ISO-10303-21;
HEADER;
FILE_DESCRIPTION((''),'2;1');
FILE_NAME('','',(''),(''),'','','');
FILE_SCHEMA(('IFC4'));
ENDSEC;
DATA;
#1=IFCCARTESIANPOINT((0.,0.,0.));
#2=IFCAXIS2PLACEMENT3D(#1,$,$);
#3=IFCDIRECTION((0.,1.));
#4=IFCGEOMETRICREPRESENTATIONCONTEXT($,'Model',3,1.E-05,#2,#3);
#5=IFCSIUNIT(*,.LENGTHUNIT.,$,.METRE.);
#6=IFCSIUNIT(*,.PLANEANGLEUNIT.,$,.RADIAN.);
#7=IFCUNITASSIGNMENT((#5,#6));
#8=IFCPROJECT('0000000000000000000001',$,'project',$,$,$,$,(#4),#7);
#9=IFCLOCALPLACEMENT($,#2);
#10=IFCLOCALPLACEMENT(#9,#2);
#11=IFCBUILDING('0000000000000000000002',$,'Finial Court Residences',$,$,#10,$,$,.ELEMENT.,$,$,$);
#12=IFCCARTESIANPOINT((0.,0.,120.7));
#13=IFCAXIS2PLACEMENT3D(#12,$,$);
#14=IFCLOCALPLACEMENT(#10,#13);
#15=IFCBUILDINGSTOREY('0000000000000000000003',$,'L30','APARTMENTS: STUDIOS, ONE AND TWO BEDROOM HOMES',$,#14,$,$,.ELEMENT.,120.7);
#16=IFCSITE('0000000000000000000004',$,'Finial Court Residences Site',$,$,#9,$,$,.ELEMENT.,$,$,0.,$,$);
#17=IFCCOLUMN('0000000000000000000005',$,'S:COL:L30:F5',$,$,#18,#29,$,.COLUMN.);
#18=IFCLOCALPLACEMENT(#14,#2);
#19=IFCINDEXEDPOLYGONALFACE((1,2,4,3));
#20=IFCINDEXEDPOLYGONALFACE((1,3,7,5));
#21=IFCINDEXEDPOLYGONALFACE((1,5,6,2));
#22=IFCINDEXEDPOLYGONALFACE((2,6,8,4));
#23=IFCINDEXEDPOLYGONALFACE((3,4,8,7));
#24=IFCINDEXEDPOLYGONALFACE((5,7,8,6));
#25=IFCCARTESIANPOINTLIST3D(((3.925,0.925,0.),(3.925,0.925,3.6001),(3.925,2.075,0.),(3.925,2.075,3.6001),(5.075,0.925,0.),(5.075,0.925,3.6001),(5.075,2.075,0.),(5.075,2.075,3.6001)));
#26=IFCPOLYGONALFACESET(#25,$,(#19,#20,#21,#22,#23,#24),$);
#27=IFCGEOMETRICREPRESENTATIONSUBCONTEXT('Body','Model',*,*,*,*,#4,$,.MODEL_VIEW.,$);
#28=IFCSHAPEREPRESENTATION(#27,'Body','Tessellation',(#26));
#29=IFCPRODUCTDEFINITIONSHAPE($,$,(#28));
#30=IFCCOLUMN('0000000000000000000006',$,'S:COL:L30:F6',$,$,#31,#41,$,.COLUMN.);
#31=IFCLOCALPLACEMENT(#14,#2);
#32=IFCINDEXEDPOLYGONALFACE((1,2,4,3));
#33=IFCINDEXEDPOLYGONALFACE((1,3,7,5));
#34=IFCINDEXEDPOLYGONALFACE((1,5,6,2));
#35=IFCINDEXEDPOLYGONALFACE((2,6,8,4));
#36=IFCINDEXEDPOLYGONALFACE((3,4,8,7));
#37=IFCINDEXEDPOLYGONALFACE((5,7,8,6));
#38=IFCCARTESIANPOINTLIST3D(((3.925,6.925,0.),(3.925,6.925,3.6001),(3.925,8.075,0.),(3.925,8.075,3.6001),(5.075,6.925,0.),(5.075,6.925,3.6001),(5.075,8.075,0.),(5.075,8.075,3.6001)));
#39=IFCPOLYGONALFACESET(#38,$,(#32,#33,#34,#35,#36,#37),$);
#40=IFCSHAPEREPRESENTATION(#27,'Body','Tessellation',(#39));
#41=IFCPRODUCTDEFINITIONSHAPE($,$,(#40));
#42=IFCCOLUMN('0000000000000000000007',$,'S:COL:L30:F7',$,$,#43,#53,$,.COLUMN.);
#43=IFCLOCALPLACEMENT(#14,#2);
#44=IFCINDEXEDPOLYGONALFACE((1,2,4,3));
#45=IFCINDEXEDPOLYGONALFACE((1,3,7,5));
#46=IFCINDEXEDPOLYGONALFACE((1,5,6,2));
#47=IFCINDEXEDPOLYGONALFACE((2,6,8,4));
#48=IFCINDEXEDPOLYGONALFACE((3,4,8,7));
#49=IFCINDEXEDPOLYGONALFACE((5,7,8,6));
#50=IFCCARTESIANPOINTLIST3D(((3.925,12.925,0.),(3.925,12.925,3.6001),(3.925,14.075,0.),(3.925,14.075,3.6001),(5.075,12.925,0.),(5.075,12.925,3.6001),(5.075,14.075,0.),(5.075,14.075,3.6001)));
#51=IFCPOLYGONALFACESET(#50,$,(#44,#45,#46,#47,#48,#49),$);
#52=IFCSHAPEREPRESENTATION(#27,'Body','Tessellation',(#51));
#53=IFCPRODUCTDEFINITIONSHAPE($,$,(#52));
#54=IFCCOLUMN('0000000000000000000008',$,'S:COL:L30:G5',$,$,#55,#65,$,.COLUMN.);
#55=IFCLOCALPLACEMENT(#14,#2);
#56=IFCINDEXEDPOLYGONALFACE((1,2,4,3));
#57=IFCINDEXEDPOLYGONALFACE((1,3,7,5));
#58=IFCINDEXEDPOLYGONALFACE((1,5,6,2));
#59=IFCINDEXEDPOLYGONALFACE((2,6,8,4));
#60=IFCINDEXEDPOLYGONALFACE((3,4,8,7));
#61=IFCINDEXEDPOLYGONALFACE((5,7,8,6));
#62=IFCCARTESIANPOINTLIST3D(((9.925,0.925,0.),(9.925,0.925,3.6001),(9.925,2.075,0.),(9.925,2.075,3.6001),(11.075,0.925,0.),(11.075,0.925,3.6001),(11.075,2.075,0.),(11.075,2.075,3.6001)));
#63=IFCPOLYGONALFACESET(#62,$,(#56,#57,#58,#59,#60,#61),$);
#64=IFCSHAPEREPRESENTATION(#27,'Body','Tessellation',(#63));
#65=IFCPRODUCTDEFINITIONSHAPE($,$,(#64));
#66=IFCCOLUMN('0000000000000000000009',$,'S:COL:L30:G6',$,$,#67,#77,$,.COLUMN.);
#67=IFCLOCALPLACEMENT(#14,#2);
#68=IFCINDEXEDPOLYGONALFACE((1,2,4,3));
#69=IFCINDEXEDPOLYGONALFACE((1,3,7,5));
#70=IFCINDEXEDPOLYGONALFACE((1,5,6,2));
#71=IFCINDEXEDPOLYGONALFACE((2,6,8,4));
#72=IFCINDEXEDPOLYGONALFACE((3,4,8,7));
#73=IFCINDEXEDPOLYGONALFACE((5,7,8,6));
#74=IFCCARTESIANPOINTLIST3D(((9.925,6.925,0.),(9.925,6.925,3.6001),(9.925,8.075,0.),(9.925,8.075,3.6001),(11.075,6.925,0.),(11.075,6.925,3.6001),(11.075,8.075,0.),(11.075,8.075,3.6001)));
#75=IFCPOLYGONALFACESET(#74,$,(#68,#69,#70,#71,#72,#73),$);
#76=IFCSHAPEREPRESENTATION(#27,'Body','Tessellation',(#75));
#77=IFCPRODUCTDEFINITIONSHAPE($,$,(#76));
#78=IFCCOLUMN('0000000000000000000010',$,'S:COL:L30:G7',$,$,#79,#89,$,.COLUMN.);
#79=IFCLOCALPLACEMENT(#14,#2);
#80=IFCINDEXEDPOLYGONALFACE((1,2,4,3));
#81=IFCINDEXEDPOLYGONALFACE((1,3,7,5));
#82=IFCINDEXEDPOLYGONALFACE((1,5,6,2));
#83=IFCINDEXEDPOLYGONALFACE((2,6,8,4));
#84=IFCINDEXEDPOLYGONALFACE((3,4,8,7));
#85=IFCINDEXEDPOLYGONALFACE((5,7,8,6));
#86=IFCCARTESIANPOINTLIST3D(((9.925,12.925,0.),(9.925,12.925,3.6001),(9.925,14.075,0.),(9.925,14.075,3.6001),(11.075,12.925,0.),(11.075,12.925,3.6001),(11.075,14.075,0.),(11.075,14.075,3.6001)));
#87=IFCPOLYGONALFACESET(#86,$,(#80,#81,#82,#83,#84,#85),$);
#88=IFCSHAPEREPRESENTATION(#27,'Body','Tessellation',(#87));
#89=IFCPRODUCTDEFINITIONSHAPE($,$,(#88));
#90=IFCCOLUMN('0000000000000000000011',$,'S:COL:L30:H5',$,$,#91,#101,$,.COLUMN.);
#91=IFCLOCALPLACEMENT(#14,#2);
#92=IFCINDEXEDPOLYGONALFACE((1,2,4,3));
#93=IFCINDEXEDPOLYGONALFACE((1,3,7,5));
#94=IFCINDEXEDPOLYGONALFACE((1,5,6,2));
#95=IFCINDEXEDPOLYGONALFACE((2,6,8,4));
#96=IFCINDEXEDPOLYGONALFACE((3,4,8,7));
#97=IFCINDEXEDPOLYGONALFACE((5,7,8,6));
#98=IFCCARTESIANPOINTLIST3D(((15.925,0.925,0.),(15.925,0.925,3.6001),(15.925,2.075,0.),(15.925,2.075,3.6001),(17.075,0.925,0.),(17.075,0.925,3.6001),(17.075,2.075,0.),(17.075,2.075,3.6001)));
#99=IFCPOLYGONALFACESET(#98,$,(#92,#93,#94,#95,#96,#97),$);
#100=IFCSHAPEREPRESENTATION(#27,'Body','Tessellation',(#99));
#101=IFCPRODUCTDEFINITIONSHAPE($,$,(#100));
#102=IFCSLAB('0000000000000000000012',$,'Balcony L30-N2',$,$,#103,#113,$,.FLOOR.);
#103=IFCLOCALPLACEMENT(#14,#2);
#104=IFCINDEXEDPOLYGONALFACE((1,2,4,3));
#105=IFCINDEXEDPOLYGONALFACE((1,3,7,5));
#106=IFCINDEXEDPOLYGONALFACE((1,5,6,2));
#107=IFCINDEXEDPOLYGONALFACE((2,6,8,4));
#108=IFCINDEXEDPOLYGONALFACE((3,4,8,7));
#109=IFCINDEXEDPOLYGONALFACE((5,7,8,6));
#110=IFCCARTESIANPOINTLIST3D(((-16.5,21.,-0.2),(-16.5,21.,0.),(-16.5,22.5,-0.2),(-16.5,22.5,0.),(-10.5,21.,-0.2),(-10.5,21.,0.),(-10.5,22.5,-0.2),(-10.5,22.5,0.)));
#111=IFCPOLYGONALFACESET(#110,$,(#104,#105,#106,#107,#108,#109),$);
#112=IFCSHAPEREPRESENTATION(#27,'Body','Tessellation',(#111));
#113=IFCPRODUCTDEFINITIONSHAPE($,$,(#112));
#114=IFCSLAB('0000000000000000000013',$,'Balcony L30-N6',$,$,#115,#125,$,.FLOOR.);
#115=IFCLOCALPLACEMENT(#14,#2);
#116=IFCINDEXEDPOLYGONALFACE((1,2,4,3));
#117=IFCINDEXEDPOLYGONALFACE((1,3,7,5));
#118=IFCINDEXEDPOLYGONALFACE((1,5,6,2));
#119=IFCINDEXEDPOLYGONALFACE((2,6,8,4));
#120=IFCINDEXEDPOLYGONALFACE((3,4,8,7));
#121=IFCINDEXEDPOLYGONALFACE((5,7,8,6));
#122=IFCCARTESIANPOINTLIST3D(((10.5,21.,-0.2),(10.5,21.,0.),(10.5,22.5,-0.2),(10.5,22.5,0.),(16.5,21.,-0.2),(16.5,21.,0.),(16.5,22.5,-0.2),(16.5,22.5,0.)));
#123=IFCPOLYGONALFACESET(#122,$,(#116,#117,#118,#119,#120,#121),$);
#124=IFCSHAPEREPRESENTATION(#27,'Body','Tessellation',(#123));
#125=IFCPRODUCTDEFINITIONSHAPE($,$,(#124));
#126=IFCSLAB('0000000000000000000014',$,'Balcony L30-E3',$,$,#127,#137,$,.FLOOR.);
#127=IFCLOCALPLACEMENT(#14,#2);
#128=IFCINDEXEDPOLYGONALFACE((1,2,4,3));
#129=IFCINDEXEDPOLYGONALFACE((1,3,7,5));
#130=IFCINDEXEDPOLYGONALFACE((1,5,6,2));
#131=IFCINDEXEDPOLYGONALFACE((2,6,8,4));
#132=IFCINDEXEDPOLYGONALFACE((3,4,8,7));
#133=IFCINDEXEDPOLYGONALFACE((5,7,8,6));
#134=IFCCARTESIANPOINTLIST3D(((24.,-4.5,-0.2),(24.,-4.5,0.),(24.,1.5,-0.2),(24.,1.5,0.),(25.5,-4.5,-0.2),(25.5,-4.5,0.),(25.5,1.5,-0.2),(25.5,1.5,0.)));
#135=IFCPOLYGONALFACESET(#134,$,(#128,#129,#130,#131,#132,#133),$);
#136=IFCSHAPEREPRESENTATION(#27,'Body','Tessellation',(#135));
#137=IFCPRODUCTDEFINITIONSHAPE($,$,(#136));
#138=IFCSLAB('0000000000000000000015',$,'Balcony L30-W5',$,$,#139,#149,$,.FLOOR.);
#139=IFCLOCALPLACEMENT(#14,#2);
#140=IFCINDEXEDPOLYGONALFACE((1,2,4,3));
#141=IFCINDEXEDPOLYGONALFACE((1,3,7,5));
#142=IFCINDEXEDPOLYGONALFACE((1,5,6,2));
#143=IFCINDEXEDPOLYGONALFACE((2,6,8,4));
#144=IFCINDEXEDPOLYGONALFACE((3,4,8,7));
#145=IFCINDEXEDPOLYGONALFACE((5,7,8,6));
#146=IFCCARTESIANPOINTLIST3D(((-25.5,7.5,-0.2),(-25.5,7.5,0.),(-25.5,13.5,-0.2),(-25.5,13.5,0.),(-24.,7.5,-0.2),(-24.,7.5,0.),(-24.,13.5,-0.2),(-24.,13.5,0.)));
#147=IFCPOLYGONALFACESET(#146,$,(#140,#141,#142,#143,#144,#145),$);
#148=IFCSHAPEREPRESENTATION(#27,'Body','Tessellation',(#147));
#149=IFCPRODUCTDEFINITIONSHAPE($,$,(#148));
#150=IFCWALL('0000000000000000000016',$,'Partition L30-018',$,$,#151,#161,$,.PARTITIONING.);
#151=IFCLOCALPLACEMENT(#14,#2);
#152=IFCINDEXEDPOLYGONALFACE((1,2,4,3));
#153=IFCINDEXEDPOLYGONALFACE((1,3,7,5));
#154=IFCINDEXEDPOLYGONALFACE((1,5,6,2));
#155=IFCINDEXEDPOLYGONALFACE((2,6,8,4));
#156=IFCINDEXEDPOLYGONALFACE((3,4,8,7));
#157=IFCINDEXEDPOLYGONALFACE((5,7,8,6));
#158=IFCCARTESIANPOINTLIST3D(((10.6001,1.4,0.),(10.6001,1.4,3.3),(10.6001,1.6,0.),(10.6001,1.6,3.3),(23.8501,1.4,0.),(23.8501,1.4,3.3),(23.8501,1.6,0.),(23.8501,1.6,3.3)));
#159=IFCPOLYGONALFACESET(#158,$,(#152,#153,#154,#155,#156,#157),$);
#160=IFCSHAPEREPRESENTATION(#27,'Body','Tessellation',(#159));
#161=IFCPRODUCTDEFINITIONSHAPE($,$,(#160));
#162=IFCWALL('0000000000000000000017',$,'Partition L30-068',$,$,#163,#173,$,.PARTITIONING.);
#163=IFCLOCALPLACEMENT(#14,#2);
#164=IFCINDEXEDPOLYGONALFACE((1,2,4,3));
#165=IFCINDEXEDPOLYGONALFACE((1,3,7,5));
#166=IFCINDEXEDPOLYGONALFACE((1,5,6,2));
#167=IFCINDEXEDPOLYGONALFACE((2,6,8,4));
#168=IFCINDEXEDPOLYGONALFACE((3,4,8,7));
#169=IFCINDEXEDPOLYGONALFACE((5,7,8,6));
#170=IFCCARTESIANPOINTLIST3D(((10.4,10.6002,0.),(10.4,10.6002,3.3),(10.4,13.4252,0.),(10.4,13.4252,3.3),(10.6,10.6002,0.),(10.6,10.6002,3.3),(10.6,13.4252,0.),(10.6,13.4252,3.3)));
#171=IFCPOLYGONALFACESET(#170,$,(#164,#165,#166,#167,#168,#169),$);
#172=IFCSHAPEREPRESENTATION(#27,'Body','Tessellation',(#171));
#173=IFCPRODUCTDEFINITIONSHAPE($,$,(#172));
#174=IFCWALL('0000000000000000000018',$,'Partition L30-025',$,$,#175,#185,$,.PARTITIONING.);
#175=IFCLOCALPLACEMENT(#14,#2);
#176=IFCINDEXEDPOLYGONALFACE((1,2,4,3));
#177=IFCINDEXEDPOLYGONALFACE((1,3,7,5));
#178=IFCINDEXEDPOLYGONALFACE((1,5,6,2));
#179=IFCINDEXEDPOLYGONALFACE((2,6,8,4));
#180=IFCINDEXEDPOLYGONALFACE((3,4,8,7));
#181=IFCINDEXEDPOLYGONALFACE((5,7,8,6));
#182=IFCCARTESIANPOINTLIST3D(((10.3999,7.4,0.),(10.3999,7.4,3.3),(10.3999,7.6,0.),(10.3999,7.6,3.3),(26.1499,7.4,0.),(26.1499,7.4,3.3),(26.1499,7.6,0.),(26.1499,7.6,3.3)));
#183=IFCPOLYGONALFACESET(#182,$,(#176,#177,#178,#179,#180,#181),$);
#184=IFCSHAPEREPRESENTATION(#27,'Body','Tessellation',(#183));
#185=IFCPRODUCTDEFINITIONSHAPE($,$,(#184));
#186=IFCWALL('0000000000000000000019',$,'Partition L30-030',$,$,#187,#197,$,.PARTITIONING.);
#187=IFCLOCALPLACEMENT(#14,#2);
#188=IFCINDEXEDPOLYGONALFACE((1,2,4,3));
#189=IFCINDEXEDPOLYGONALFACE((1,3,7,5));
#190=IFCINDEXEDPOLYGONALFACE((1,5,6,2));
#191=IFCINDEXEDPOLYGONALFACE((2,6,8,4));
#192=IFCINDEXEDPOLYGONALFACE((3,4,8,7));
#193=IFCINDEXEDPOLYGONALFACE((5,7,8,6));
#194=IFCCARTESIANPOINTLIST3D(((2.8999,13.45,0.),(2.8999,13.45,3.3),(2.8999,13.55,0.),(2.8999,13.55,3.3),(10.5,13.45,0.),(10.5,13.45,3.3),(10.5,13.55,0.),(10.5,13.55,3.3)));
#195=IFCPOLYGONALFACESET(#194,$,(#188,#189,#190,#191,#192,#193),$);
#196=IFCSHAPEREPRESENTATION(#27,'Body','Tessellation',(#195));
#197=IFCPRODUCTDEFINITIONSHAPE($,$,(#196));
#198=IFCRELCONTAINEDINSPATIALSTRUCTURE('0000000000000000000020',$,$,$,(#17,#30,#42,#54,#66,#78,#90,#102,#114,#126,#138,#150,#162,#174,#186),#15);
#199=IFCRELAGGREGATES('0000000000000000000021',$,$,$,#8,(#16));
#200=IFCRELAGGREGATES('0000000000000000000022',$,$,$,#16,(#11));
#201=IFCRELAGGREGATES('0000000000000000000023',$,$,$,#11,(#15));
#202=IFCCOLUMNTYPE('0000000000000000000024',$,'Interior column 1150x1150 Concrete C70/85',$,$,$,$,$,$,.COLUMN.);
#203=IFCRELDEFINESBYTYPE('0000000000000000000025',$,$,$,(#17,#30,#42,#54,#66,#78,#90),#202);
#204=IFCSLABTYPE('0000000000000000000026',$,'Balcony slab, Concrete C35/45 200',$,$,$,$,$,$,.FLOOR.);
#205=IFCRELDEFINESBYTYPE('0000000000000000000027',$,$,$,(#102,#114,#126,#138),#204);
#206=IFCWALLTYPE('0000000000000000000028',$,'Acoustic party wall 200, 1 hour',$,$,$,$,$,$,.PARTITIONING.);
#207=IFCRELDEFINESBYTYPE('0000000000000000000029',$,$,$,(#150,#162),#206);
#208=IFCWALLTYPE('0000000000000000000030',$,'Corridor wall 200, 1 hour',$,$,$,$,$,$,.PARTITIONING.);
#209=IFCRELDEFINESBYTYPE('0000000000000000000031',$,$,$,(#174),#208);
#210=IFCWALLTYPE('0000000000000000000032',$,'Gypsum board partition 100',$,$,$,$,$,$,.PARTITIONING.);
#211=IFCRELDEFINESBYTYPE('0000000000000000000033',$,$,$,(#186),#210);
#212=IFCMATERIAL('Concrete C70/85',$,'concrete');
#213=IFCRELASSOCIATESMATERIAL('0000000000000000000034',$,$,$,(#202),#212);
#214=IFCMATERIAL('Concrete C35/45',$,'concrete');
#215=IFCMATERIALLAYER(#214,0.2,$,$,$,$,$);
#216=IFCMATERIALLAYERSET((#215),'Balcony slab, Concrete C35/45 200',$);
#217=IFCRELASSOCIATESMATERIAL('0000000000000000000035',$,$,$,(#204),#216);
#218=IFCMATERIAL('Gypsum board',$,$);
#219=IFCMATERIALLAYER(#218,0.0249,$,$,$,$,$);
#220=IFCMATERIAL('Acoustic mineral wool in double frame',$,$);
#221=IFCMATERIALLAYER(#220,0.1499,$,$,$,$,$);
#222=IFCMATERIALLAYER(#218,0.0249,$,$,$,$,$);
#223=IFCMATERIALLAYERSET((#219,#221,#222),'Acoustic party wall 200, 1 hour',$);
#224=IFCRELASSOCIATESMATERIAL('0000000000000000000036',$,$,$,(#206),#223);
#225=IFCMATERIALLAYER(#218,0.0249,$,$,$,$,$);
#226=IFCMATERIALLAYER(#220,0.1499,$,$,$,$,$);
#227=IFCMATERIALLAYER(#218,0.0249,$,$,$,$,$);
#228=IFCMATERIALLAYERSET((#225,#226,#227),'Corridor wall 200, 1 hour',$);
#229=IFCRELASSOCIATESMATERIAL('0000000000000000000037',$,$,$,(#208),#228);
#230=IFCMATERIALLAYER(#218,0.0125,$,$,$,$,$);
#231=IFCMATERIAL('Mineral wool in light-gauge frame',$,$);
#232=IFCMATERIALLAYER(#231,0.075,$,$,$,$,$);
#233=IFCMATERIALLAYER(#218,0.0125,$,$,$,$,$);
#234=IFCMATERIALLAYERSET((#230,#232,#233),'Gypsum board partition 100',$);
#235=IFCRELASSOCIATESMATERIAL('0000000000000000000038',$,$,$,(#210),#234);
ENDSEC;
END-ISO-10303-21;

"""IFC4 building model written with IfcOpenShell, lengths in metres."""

from ifc_helpers import new_model, si_unit, direction, frame, frame_2d, origin, origin_2d, place, context, subcontext, project, spatial, polyline, rectangle, outline, extrude, material, layer, layer_set, material_profile, profile_set, type_object, element, save


model = new_model("IFC4")

# Units and contexts
model_context = context("Model", 3, precision=1e-05, world=origin(), true_north=direction((0.0, 1.0)))
body_context = subcontext(model_context, "Body", "Model", "MODEL_VIEW")
ifc_project = project(units=[si_unit("LENGTHUNIT", "METRE"), si_unit("PLANEANGLEUNIT", "RADIAN")], contexts=[model_context])

# Site, building, storey
site_placement = place(None, origin())
site = spatial("IfcSite", under=ifc_project, at=site_placement, Name="Finial Court Residences Site", CompositionType="ELEMENT", RefElevation=0.0)
building_placement = place(site_placement, origin())
building = spatial("IfcBuilding", under=site, at=building_placement, Name="Finial Court Residences", CompositionType="ELEMENT")
storey_placement = place(building_placement, frame((0.0, 0.0, 120.7)))
storey = spatial("IfcBuildingStorey", under=building, at=storey_placement, Name="L30", Description="APARTMENTS: STUDIOS, ONE AND TWO BEDROOM HOMES", CompositionType="ELEMENT", Elevation=120.7)

# Columns
ifc_material_1 = material(Name="Concrete C70/85", Category="concrete")
ifc_material_profile = material_profile(ifc_material_1, rectangle(XDim=1.1499, YDim=1.1499, at=origin_2d()), Name="1150x1150")
ifc_profile_set = profile_set([ifc_material_profile], Name="Concrete C70/85")
column_type = type_object("IfcColumnType", Name="Interior column 1150x1150 Concrete C70/85", PredefinedType="COLUMN", material=ifc_profile_set)
for number, where, z_axis, x_axis, name in (
    (1, (4.5, 1.5, 0.0), (0.0, 0.0, 1.0), (1.0, 0.0, 0.0), "S:COL:L30:F5"),
    (2, (4.5, 7.5, 0.0), (0.0, 0.0, 1.0), (1.0, 0.0, 0.0), "S:COL:L30:F6"),
    (3, (4.5, 13.5, 0.0), (0.0, 0.0, 1.0), (1.0, 0.0, 0.0), "S:COL:L30:F7"),
    (4, (10.5, 1.5, 0.0), (0.0, 0.0, 1.0), (1.0, 0.0, 0.0), "S:COL:L30:G5"),
    (5, (10.5, 7.5, 0.0), (0.0, 0.0, 1.0), (1.0, 0.0, 0.0), "S:COL:L30:G6"),
    (6, (10.5, 13.5, 0.0), (0.0, 0.0, 1.0), (1.0, 0.0, 0.0), "S:COL:L30:G7"),
    (7, (16.5, 1.5, 0.0), (0.0, 0.0, 1.0), (1.0, 0.0, 0.0), "S:COL:L30:H5"),
):
    element("IfcColumn", number, at=place(storey_placement, frame(where, z_axis=z_axis, x_axis=x_axis)), inside=storey, type_object=column_type, Name=name, PredefinedType="COLUMN", context=body_context, shape_type="SweptSolid", body=[
        extrude(rectangle(XDim=1.1499, YDim=1.1499, at=origin_2d()), origin(), (0.0, 0.0, 1.0), 3.6001),
    ])

# Slabs
ifc_material_2 = material(Name="Concrete C35/45", Category="concrete")
ifc_layer_1 = layer(ifc_material_2, 0.2)
ifc_layer_set_1 = layer_set([ifc_layer_1], Name="Balcony slab, Concrete C35/45 200")
slab_type = type_object("IfcSlabType", Name="Balcony slab, Concrete C35/45 200", PredefinedType="FLOOR", material=ifc_layer_set_1)
slab_1_placement = place(storey_placement, frame((0.0, 0.0, -0.2)))
element("IfcSlab", 8, at=slab_1_placement, inside=storey, type_object=slab_type, Name="Balcony L30-N2", PredefinedType="FLOOR", context=body_context, shape_type="SweptSolid", body=[
    extrude(outline(polyline([(-10.5, 21.0), (-10.5, 22.5), (-16.5, 22.5), (-16.5, 21.0), (-10.5, 21.0)])), origin(), (0.0, 0.0, 1.0), 0.2),
])
slab_2_placement = place(storey_placement, frame((0.0, 0.0, -0.2)))
element("IfcSlab", 9, at=slab_2_placement, inside=storey, type_object=slab_type, Name="Balcony L30-N6", PredefinedType="FLOOR", context=body_context, shape_type="SweptSolid", body=[
    extrude(outline(polyline([(16.5, 21.0), (16.5, 22.5), (10.5, 22.5), (10.5, 21.0), (16.5, 21.0)])), origin(), (0.0, 0.0, 1.0), 0.2),
])
slab_3_placement = place(storey_placement, frame((0.0, 0.0, -0.2)))
element("IfcSlab", 10, at=slab_3_placement, inside=storey, type_object=slab_type, Name="Balcony L30-E3", PredefinedType="FLOOR", context=body_context, shape_type="SweptSolid", body=[
    extrude(outline(polyline([(25.5, -4.5), (25.5, 1.5), (24.0, 1.5), (24.0, -4.5), (25.5, -4.5)])), origin(), (0.0, 0.0, 1.0), 0.2),
])
slab_4_placement = place(storey_placement, frame((0.0, 0.0, -0.2)))
element("IfcSlab", 11, at=slab_4_placement, inside=storey, type_object=slab_type, Name="Balcony L30-W5", PredefinedType="FLOOR", context=body_context, shape_type="SweptSolid", body=[
    extrude(outline(polyline([(-24.0, 7.5), (-24.0, 13.5), (-25.5, 13.5), (-25.5, 7.5), (-24.0, 7.5)])), origin(), (0.0, 0.0, 1.0), 0.2),
])

# Walls
ifc_material_3 = material(Name="Gypsum board")
ifc_layer_2 = layer(ifc_material_3, 0.0249)
ifc_material_4 = material(Name="Acoustic mineral wool in double frame")
ifc_layer_3 = layer(ifc_material_4, 0.1499)
ifc_layer_4 = layer(ifc_material_3, 0.0249)
ifc_layer_set_2 = layer_set([ifc_layer_2, ifc_layer_3, ifc_layer_4], Name="Acoustic party wall 200, 1 hour")
wall_type_1 = type_object("IfcWallType", Name="Acoustic party wall 200, 1 hour", PredefinedType="PARTITIONING", material=ifc_layer_set_2)
wall_1_placement = place(storey_placement, frame((10.6001, 1.5, 0.0), z_axis=(0.0, 0.0, 1.0), x_axis=(1.0, 0.0, 0.0)))
element("IfcWall", 12, at=wall_1_placement, inside=storey, type_object=wall_type_1, Name="Partition L30-018", PredefinedType="PARTITIONING", context=body_context, shape_type="SweptSolid", body=[
    extrude(rectangle(XDim=13.25, YDim=0.2, at=frame_2d((6.625, 0.0))), origin(), (0.0, 0.0, 1.0), 3.3),
])
wall_2_placement = place(storey_placement, frame((10.5, 10.6001, 0.0), z_axis=(0.0, 0.0, 1.0), x_axis=(0.0, 1.0, 0.0)))
element("IfcWall", 13, at=wall_2_placement, inside=storey, type_object=wall_type_1, Name="Partition L30-068", PredefinedType="PARTITIONING", context=body_context, shape_type="SweptSolid", body=[
    extrude(rectangle(XDim=2.825, YDim=0.2, at=frame_2d((1.4126, 0.0))), origin(), (0.0, 0.0, 1.0), 3.3),
])
ifc_layer_5 = layer(ifc_material_3, 0.0249)
ifc_layer_6 = layer(ifc_material_4, 0.1499)
ifc_layer_7 = layer(ifc_material_3, 0.0249)
ifc_layer_set_3 = layer_set([ifc_layer_5, ifc_layer_6, ifc_layer_7], Name="Corridor wall 200, 1 hour")
wall_type_2 = type_object("IfcWallType", Name="Corridor wall 200, 1 hour", PredefinedType="PARTITIONING", material=ifc_layer_set_3)
wall_3_placement = place(storey_placement, frame((10.3999, 7.5, 0.0), z_axis=(0.0, 0.0, 1.0), x_axis=(1.0, 0.0, 0.0)))
element("IfcWall", 14, at=wall_3_placement, inside=storey, type_object=wall_type_2, Name="Partition L30-025", PredefinedType="PARTITIONING", context=body_context, shape_type="SweptSolid", body=[
    extrude(rectangle(XDim=15.75, YDim=0.2, at=frame_2d((7.875, 0.0))), origin(), (0.0, 0.0, 1.0), 3.3),
])
ifc_layer_8 = layer(ifc_material_3, 0.0125)
ifc_material_5 = material(Name="Mineral wool in light-gauge frame")
ifc_layer_9 = layer(ifc_material_5, 0.075)
ifc_layer_10 = layer(ifc_material_3, 0.0125)
ifc_layer_set_4 = layer_set([ifc_layer_8, ifc_layer_9, ifc_layer_10], Name="Gypsum board partition 100")
wall_type_3 = type_object("IfcWallType", Name="Gypsum board partition 100", PredefinedType="PARTITIONING", material=ifc_layer_set_4)
wall_4_placement = place(storey_placement, frame((2.8999, 13.5, 0.0), z_axis=(0.0, 0.0, 1.0), x_axis=(1.0, 0.0, 0.0)))
element("IfcWall", 15, at=wall_4_placement, inside=storey, type_object=wall_type_3, Name="Partition L30-030", PredefinedType="PARTITIONING", context=body_context, shape_type="SweptSolid", body=[
    extrude(rectangle(XDim=7.6001, YDim=0.1001, at=frame_2d((3.8, 0.0))), origin(), (0.0, 0.0, 1.0), 3.3),
])

save(model, "model.ifc")
